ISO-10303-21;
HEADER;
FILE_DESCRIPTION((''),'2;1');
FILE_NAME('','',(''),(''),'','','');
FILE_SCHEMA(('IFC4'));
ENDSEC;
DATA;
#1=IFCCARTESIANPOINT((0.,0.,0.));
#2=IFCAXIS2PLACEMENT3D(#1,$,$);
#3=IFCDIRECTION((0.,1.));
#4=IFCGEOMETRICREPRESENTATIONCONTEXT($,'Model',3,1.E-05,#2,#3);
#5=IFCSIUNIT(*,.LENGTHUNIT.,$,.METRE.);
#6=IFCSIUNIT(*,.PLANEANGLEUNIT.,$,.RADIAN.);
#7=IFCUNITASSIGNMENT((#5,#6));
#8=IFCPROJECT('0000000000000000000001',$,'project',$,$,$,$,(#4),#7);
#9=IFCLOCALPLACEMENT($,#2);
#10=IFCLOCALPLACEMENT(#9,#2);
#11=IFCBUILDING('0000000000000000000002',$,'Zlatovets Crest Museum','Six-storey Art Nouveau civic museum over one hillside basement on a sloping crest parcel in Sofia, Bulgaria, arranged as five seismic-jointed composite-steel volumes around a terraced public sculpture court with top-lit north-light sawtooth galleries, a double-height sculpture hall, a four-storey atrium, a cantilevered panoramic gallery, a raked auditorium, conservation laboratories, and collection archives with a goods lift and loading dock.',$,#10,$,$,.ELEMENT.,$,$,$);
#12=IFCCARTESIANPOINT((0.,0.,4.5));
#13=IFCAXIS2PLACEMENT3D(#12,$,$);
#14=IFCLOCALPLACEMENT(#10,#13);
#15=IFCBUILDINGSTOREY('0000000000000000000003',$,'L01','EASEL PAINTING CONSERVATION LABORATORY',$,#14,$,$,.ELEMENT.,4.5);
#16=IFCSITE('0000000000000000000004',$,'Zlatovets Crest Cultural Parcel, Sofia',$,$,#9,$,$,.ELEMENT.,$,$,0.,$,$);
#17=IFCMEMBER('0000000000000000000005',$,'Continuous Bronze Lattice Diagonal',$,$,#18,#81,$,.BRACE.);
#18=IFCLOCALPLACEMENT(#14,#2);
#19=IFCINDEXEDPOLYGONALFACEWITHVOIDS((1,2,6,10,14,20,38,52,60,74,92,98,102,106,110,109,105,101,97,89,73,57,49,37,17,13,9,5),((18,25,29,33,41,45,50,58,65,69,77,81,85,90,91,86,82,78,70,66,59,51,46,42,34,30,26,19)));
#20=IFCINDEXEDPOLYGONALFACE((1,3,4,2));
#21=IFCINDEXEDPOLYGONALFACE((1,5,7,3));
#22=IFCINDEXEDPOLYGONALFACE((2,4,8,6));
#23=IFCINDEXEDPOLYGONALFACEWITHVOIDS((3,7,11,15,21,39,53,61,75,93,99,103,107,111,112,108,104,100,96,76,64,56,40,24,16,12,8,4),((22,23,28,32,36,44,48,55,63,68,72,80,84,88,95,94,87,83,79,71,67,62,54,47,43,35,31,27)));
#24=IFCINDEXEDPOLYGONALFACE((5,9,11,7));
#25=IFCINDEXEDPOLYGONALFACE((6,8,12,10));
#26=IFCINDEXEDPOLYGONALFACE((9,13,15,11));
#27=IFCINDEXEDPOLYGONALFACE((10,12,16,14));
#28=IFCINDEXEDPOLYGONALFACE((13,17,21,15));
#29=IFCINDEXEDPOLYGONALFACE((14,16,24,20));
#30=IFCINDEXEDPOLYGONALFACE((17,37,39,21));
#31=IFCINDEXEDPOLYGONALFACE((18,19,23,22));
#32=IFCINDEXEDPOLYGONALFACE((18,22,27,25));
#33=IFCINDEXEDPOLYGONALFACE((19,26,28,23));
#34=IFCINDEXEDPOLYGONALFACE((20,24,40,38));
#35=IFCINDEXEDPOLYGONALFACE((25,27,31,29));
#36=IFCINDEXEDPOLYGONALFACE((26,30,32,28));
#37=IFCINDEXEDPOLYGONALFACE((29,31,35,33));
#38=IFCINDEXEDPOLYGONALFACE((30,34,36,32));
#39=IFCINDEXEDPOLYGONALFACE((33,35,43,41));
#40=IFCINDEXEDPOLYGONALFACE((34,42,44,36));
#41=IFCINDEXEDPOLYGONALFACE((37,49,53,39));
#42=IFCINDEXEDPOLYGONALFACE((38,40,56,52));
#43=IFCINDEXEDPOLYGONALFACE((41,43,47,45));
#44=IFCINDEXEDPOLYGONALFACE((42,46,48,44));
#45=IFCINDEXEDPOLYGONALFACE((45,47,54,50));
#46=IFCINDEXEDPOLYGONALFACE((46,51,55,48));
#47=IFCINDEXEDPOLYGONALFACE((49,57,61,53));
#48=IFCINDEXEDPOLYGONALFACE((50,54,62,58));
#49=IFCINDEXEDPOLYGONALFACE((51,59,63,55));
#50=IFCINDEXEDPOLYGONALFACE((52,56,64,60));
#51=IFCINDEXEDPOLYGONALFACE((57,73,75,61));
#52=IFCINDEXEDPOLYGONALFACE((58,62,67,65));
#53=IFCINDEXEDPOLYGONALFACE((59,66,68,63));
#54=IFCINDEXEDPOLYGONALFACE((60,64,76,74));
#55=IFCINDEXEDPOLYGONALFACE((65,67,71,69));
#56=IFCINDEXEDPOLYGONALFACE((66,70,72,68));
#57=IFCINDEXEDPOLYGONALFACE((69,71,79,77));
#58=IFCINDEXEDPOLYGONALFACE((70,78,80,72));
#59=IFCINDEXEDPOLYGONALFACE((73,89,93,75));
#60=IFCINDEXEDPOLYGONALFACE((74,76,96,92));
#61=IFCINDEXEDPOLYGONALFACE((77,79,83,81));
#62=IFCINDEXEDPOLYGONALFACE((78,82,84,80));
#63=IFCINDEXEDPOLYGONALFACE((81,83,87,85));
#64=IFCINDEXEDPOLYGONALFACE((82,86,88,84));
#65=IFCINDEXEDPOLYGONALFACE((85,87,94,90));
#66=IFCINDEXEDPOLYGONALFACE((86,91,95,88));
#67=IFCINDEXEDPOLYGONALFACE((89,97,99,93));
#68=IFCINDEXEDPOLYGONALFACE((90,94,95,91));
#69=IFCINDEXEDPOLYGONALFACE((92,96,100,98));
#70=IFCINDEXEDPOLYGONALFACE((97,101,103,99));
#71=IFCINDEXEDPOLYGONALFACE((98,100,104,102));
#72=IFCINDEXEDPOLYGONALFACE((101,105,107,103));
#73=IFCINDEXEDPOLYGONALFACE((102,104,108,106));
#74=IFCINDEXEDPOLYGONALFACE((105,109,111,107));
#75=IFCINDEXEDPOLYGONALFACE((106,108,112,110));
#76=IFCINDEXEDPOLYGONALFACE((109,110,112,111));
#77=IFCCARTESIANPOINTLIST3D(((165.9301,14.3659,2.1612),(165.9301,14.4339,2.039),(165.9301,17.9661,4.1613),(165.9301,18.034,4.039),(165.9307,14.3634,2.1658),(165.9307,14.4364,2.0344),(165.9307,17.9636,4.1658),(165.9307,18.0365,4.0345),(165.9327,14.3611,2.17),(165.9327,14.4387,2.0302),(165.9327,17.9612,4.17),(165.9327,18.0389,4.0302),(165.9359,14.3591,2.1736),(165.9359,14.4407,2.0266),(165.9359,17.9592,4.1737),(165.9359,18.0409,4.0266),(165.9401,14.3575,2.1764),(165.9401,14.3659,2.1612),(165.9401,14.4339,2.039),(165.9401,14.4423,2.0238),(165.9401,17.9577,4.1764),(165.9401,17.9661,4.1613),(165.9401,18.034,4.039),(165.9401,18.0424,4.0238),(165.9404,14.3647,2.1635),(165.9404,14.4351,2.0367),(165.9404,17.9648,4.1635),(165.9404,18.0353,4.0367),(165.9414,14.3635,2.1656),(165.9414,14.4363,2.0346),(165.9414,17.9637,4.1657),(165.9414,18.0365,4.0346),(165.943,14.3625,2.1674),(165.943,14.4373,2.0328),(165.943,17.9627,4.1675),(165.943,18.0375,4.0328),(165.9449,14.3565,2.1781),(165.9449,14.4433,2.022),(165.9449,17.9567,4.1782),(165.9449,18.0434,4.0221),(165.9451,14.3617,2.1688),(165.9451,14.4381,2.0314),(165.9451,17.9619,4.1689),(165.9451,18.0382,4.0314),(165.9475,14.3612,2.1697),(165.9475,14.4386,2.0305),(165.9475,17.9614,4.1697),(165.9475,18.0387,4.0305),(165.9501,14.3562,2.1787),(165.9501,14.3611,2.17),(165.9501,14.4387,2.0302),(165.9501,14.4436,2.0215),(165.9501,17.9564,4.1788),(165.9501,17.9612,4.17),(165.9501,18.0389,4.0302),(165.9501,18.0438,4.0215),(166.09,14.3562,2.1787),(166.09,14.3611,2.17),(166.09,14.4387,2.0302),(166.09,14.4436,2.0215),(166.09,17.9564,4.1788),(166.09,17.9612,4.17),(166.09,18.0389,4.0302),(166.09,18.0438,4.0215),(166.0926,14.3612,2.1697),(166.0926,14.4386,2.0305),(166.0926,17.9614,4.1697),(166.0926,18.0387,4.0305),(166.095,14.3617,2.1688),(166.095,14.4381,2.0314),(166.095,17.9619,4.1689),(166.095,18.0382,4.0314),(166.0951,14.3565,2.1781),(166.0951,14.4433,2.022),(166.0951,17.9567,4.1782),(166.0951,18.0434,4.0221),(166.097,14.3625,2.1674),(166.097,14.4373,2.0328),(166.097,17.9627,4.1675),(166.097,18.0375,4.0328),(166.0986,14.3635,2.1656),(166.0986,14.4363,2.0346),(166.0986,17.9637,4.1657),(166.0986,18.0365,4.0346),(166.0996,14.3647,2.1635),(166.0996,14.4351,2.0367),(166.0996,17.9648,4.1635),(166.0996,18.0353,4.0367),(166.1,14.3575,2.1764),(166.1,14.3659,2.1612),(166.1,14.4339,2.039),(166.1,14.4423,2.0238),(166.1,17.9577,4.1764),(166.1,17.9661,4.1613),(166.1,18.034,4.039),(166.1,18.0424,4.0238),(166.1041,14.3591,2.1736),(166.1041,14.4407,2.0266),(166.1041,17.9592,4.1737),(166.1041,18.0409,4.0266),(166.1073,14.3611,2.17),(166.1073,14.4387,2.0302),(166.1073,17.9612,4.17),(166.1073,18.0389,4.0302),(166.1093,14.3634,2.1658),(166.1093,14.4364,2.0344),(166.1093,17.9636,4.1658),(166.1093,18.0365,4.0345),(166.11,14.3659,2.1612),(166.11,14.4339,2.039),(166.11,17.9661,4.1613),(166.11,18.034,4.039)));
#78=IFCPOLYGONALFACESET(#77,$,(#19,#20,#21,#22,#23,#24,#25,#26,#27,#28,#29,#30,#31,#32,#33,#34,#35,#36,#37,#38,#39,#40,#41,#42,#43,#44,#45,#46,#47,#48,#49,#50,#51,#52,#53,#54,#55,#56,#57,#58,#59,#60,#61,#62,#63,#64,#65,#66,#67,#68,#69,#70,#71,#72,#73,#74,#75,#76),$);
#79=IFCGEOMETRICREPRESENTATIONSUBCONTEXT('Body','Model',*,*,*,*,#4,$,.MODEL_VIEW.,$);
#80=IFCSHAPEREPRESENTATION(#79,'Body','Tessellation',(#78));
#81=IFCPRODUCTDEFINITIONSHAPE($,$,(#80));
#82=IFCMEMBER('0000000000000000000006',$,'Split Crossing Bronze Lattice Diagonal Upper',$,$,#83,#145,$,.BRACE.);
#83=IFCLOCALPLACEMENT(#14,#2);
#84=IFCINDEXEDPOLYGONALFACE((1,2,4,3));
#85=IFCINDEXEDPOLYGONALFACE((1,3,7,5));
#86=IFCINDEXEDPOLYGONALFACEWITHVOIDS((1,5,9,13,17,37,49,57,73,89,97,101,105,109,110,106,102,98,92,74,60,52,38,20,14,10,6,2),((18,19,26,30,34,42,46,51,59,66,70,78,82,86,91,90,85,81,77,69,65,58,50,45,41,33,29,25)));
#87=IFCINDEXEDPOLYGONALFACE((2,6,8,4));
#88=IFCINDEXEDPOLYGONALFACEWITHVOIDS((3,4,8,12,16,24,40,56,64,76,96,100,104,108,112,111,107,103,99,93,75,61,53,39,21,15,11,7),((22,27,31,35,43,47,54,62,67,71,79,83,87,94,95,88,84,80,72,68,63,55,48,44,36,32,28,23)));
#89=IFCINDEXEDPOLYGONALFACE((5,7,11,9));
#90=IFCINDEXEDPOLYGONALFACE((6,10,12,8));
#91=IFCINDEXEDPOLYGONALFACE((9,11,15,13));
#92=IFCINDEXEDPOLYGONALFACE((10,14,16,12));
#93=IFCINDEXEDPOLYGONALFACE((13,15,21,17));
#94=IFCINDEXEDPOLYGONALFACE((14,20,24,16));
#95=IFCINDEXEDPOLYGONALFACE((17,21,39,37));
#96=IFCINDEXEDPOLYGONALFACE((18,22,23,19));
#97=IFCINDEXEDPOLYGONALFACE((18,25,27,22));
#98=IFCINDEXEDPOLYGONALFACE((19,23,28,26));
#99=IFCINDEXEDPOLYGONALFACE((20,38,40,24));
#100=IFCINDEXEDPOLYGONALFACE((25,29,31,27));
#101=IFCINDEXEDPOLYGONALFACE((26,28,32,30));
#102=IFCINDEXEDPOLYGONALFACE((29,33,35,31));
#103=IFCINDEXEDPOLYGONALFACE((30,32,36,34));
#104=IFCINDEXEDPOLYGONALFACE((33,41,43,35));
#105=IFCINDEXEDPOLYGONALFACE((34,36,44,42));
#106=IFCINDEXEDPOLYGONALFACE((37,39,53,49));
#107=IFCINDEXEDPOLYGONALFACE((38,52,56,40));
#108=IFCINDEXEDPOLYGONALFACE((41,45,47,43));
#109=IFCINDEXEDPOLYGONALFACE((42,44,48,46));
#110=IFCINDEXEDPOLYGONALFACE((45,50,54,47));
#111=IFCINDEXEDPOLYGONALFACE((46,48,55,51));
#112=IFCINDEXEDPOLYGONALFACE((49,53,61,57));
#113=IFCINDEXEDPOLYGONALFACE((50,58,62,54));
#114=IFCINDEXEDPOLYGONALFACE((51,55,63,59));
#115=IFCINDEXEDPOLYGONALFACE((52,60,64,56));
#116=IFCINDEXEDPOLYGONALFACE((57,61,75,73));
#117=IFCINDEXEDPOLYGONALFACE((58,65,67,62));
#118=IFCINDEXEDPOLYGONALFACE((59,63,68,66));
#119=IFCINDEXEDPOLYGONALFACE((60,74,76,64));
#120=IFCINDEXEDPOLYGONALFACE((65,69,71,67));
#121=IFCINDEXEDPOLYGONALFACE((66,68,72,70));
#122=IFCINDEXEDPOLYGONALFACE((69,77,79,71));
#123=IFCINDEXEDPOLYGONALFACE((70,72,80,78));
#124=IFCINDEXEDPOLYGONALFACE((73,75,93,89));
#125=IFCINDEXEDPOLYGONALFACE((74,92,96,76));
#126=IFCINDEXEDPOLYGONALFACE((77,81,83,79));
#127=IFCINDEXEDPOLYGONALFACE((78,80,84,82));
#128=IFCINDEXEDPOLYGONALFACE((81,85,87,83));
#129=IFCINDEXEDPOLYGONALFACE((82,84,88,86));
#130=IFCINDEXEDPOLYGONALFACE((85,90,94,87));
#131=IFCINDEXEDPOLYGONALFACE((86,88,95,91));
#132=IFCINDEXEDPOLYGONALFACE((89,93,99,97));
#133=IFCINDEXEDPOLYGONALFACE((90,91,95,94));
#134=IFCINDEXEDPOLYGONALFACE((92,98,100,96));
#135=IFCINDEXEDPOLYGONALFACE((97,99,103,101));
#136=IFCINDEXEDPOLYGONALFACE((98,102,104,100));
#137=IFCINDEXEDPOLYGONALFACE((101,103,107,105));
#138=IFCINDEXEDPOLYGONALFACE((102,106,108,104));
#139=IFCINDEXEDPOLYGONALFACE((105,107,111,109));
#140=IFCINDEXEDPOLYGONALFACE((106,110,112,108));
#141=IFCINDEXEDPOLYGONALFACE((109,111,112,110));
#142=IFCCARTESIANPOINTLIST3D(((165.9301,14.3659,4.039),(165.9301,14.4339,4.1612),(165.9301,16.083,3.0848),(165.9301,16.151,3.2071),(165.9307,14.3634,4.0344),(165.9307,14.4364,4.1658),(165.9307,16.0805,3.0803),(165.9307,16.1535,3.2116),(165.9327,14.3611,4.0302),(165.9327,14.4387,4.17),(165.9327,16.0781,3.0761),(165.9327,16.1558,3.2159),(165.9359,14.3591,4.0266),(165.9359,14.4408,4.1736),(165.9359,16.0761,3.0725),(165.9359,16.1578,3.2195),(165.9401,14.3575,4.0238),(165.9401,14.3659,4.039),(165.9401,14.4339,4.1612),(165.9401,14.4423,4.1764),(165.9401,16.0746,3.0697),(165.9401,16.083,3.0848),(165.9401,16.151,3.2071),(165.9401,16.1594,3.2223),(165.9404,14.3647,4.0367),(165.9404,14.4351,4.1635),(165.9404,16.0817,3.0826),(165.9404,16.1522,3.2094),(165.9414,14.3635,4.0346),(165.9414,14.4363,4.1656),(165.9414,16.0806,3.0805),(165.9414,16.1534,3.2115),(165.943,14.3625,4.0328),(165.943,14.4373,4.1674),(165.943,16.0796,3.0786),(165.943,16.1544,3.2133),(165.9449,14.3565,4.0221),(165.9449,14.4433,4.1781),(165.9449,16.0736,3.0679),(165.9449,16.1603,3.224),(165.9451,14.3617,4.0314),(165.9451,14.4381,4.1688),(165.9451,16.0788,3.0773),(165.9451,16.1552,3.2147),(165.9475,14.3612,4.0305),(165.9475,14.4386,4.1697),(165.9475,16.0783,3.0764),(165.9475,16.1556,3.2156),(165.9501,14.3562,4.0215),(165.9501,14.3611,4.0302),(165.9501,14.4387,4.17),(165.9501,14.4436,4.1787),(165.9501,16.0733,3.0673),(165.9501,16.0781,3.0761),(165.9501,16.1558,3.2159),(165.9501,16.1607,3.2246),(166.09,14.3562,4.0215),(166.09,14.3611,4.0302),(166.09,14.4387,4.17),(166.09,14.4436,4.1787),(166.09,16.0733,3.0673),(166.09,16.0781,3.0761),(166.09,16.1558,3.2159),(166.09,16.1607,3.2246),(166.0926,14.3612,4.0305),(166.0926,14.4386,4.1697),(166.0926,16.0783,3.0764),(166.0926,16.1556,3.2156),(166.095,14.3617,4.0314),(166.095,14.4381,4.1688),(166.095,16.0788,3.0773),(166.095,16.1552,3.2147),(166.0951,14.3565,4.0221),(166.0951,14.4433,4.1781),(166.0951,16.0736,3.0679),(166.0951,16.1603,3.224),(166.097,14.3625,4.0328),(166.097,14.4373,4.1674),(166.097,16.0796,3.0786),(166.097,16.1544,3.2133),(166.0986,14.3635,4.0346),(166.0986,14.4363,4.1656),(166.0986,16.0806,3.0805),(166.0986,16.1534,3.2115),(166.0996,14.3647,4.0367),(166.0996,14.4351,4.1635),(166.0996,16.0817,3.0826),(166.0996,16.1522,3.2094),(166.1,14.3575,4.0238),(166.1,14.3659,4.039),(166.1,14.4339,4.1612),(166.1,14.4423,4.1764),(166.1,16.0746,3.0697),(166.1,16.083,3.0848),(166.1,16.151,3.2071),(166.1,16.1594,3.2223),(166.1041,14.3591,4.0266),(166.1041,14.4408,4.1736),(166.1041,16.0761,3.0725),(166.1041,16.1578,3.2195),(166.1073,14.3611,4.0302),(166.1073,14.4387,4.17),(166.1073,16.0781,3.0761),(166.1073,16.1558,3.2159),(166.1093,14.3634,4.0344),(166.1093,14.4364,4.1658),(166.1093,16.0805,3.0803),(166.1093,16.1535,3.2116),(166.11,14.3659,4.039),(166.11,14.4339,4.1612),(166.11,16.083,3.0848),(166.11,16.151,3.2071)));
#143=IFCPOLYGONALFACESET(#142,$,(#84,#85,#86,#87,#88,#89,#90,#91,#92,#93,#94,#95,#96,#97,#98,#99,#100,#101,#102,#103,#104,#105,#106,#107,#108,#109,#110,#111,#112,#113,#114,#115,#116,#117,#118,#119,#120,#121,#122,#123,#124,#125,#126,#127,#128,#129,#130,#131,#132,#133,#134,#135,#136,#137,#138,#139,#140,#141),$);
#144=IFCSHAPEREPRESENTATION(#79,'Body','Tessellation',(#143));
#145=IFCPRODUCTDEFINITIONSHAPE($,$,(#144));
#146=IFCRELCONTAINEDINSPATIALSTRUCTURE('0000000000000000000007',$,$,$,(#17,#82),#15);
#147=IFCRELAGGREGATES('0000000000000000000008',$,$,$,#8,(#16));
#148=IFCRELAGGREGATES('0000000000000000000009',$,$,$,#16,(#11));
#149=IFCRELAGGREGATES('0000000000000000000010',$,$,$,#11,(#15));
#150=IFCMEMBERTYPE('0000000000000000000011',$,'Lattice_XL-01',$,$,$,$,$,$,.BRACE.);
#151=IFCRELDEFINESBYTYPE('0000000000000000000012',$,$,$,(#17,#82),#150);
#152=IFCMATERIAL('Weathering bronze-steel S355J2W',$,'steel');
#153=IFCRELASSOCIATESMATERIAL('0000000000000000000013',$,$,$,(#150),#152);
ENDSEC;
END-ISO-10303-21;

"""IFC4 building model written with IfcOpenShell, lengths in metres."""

from ifc_helpers import new_model, si_unit, direction, frame, origin, origin_2d, place, context, subcontext, project, spatial, hollow_rectangle, extrude, material, material_profile, profile_set, type_object, element, save


model = new_model("IFC4")

# Units and contexts
model_context = context("Model", 3, precision=1e-05, world=origin(), true_north=direction((0.0, 1.0)))
body_context = subcontext(model_context, "Body", "Model", "MODEL_VIEW")
ifc_project = project(units=[si_unit("LENGTHUNIT", "METRE"), si_unit("PLANEANGLEUNIT", "RADIAN")], contexts=[model_context])

# Site, building, storey
site_placement = place(None, origin())
site = spatial("IfcSite", under=ifc_project, at=site_placement, Name="Zlatovets Crest Cultural Parcel, Sofia", CompositionType="ELEMENT", RefElevation=0.0)
building_placement = place(site_placement, origin())
building = spatial("IfcBuilding", under=site, at=building_placement, Name="Zlatovets Crest Museum", Description="Six-storey Art Nouveau civic museum over one hillside basement on a sloping crest parcel in Sofia, Bulgaria, arranged as five seismic-jointed composite-steel volumes around a terraced public sculpture court with top-lit north-light sawtooth galleries, a double-height sculpture hall, a four-storey atrium, a cantilevered panoramic gallery, a raked auditorium, conservation laboratories, and collection archives with a goods lift and loading dock.", CompositionType="ELEMENT")
storey_placement = place(building_placement, frame((0.0, 0.0, 4.5)))
storey = spatial("IfcBuildingStorey", under=building, at=storey_placement, Name="L01", Description="EASEL PAINTING CONSERVATION LABORATORY", CompositionType="ELEMENT", Elevation=4.5)

# Members
ifc_material_1 = material(Name="Weathering bronze-steel S355J2W", Category="steel")
ifc_material_profile_1 = material_profile(ifc_material_1, hollow_rectangle(XDim=0.1799, YDim=0.1799, WallThickness=0.01, InnerFilletRadius=0.01, OuterFilletRadius=0.02, at=origin_2d()), Name="SHS 180x180x10.0")
ifc_profile_set_1 = profile_set([ifc_material_profile_1], Name="Weathering bronze-steel S355J2W")
member_type_1 = type_object("IfcMemberType", Name="Lattice_XL-01", PredefinedType="BRACE", material=ifc_profile_set_1)
member_1_placement = place(storey_placement, frame((166.02, 14.3999, 2.1001), z_axis=(0.0, 0.874163, 0.485633), x_axis=(-1.0, 0.0, 0.0)))
element("IfcMember", 1, at=member_1_placement, inside=storey, type_object=member_type_1, Name="Continuous Bronze Lattice Diagonal", PredefinedType="BRACE", context=body_context, shape_type="SweptSolid", body=[
    extrude(hollow_rectangle(XDim=0.1799, YDim=0.1799, WallThickness=0.01, InnerFilletRadius=0.01, OuterFilletRadius=0.02, at=origin_2d()), origin(), (0.0, 0.0, 1.0), 4.1184),
])
member_2_placement = place(storey_placement, frame((166.02, 14.3999, 4.1001), z_axis=(0.0, 0.874116, -0.485717), x_axis=(-1.0, 0.0, 0.0)))
element("IfcMember", 2, at=member_2_placement, inside=storey, type_object=member_type_1, Name="Split Crossing Bronze Lattice Diagonal Upper", PredefinedType="BRACE", context=body_context, shape_type="SweptSolid", body=[
    extrude(hollow_rectangle(XDim=0.1799, YDim=0.1799, WallThickness=0.01, InnerFilletRadius=0.01, OuterFilletRadius=0.02, at=origin_2d()), origin(), (0.0, 0.0, 1.0), 1.9644),
])

save(model, "model.ifc")
